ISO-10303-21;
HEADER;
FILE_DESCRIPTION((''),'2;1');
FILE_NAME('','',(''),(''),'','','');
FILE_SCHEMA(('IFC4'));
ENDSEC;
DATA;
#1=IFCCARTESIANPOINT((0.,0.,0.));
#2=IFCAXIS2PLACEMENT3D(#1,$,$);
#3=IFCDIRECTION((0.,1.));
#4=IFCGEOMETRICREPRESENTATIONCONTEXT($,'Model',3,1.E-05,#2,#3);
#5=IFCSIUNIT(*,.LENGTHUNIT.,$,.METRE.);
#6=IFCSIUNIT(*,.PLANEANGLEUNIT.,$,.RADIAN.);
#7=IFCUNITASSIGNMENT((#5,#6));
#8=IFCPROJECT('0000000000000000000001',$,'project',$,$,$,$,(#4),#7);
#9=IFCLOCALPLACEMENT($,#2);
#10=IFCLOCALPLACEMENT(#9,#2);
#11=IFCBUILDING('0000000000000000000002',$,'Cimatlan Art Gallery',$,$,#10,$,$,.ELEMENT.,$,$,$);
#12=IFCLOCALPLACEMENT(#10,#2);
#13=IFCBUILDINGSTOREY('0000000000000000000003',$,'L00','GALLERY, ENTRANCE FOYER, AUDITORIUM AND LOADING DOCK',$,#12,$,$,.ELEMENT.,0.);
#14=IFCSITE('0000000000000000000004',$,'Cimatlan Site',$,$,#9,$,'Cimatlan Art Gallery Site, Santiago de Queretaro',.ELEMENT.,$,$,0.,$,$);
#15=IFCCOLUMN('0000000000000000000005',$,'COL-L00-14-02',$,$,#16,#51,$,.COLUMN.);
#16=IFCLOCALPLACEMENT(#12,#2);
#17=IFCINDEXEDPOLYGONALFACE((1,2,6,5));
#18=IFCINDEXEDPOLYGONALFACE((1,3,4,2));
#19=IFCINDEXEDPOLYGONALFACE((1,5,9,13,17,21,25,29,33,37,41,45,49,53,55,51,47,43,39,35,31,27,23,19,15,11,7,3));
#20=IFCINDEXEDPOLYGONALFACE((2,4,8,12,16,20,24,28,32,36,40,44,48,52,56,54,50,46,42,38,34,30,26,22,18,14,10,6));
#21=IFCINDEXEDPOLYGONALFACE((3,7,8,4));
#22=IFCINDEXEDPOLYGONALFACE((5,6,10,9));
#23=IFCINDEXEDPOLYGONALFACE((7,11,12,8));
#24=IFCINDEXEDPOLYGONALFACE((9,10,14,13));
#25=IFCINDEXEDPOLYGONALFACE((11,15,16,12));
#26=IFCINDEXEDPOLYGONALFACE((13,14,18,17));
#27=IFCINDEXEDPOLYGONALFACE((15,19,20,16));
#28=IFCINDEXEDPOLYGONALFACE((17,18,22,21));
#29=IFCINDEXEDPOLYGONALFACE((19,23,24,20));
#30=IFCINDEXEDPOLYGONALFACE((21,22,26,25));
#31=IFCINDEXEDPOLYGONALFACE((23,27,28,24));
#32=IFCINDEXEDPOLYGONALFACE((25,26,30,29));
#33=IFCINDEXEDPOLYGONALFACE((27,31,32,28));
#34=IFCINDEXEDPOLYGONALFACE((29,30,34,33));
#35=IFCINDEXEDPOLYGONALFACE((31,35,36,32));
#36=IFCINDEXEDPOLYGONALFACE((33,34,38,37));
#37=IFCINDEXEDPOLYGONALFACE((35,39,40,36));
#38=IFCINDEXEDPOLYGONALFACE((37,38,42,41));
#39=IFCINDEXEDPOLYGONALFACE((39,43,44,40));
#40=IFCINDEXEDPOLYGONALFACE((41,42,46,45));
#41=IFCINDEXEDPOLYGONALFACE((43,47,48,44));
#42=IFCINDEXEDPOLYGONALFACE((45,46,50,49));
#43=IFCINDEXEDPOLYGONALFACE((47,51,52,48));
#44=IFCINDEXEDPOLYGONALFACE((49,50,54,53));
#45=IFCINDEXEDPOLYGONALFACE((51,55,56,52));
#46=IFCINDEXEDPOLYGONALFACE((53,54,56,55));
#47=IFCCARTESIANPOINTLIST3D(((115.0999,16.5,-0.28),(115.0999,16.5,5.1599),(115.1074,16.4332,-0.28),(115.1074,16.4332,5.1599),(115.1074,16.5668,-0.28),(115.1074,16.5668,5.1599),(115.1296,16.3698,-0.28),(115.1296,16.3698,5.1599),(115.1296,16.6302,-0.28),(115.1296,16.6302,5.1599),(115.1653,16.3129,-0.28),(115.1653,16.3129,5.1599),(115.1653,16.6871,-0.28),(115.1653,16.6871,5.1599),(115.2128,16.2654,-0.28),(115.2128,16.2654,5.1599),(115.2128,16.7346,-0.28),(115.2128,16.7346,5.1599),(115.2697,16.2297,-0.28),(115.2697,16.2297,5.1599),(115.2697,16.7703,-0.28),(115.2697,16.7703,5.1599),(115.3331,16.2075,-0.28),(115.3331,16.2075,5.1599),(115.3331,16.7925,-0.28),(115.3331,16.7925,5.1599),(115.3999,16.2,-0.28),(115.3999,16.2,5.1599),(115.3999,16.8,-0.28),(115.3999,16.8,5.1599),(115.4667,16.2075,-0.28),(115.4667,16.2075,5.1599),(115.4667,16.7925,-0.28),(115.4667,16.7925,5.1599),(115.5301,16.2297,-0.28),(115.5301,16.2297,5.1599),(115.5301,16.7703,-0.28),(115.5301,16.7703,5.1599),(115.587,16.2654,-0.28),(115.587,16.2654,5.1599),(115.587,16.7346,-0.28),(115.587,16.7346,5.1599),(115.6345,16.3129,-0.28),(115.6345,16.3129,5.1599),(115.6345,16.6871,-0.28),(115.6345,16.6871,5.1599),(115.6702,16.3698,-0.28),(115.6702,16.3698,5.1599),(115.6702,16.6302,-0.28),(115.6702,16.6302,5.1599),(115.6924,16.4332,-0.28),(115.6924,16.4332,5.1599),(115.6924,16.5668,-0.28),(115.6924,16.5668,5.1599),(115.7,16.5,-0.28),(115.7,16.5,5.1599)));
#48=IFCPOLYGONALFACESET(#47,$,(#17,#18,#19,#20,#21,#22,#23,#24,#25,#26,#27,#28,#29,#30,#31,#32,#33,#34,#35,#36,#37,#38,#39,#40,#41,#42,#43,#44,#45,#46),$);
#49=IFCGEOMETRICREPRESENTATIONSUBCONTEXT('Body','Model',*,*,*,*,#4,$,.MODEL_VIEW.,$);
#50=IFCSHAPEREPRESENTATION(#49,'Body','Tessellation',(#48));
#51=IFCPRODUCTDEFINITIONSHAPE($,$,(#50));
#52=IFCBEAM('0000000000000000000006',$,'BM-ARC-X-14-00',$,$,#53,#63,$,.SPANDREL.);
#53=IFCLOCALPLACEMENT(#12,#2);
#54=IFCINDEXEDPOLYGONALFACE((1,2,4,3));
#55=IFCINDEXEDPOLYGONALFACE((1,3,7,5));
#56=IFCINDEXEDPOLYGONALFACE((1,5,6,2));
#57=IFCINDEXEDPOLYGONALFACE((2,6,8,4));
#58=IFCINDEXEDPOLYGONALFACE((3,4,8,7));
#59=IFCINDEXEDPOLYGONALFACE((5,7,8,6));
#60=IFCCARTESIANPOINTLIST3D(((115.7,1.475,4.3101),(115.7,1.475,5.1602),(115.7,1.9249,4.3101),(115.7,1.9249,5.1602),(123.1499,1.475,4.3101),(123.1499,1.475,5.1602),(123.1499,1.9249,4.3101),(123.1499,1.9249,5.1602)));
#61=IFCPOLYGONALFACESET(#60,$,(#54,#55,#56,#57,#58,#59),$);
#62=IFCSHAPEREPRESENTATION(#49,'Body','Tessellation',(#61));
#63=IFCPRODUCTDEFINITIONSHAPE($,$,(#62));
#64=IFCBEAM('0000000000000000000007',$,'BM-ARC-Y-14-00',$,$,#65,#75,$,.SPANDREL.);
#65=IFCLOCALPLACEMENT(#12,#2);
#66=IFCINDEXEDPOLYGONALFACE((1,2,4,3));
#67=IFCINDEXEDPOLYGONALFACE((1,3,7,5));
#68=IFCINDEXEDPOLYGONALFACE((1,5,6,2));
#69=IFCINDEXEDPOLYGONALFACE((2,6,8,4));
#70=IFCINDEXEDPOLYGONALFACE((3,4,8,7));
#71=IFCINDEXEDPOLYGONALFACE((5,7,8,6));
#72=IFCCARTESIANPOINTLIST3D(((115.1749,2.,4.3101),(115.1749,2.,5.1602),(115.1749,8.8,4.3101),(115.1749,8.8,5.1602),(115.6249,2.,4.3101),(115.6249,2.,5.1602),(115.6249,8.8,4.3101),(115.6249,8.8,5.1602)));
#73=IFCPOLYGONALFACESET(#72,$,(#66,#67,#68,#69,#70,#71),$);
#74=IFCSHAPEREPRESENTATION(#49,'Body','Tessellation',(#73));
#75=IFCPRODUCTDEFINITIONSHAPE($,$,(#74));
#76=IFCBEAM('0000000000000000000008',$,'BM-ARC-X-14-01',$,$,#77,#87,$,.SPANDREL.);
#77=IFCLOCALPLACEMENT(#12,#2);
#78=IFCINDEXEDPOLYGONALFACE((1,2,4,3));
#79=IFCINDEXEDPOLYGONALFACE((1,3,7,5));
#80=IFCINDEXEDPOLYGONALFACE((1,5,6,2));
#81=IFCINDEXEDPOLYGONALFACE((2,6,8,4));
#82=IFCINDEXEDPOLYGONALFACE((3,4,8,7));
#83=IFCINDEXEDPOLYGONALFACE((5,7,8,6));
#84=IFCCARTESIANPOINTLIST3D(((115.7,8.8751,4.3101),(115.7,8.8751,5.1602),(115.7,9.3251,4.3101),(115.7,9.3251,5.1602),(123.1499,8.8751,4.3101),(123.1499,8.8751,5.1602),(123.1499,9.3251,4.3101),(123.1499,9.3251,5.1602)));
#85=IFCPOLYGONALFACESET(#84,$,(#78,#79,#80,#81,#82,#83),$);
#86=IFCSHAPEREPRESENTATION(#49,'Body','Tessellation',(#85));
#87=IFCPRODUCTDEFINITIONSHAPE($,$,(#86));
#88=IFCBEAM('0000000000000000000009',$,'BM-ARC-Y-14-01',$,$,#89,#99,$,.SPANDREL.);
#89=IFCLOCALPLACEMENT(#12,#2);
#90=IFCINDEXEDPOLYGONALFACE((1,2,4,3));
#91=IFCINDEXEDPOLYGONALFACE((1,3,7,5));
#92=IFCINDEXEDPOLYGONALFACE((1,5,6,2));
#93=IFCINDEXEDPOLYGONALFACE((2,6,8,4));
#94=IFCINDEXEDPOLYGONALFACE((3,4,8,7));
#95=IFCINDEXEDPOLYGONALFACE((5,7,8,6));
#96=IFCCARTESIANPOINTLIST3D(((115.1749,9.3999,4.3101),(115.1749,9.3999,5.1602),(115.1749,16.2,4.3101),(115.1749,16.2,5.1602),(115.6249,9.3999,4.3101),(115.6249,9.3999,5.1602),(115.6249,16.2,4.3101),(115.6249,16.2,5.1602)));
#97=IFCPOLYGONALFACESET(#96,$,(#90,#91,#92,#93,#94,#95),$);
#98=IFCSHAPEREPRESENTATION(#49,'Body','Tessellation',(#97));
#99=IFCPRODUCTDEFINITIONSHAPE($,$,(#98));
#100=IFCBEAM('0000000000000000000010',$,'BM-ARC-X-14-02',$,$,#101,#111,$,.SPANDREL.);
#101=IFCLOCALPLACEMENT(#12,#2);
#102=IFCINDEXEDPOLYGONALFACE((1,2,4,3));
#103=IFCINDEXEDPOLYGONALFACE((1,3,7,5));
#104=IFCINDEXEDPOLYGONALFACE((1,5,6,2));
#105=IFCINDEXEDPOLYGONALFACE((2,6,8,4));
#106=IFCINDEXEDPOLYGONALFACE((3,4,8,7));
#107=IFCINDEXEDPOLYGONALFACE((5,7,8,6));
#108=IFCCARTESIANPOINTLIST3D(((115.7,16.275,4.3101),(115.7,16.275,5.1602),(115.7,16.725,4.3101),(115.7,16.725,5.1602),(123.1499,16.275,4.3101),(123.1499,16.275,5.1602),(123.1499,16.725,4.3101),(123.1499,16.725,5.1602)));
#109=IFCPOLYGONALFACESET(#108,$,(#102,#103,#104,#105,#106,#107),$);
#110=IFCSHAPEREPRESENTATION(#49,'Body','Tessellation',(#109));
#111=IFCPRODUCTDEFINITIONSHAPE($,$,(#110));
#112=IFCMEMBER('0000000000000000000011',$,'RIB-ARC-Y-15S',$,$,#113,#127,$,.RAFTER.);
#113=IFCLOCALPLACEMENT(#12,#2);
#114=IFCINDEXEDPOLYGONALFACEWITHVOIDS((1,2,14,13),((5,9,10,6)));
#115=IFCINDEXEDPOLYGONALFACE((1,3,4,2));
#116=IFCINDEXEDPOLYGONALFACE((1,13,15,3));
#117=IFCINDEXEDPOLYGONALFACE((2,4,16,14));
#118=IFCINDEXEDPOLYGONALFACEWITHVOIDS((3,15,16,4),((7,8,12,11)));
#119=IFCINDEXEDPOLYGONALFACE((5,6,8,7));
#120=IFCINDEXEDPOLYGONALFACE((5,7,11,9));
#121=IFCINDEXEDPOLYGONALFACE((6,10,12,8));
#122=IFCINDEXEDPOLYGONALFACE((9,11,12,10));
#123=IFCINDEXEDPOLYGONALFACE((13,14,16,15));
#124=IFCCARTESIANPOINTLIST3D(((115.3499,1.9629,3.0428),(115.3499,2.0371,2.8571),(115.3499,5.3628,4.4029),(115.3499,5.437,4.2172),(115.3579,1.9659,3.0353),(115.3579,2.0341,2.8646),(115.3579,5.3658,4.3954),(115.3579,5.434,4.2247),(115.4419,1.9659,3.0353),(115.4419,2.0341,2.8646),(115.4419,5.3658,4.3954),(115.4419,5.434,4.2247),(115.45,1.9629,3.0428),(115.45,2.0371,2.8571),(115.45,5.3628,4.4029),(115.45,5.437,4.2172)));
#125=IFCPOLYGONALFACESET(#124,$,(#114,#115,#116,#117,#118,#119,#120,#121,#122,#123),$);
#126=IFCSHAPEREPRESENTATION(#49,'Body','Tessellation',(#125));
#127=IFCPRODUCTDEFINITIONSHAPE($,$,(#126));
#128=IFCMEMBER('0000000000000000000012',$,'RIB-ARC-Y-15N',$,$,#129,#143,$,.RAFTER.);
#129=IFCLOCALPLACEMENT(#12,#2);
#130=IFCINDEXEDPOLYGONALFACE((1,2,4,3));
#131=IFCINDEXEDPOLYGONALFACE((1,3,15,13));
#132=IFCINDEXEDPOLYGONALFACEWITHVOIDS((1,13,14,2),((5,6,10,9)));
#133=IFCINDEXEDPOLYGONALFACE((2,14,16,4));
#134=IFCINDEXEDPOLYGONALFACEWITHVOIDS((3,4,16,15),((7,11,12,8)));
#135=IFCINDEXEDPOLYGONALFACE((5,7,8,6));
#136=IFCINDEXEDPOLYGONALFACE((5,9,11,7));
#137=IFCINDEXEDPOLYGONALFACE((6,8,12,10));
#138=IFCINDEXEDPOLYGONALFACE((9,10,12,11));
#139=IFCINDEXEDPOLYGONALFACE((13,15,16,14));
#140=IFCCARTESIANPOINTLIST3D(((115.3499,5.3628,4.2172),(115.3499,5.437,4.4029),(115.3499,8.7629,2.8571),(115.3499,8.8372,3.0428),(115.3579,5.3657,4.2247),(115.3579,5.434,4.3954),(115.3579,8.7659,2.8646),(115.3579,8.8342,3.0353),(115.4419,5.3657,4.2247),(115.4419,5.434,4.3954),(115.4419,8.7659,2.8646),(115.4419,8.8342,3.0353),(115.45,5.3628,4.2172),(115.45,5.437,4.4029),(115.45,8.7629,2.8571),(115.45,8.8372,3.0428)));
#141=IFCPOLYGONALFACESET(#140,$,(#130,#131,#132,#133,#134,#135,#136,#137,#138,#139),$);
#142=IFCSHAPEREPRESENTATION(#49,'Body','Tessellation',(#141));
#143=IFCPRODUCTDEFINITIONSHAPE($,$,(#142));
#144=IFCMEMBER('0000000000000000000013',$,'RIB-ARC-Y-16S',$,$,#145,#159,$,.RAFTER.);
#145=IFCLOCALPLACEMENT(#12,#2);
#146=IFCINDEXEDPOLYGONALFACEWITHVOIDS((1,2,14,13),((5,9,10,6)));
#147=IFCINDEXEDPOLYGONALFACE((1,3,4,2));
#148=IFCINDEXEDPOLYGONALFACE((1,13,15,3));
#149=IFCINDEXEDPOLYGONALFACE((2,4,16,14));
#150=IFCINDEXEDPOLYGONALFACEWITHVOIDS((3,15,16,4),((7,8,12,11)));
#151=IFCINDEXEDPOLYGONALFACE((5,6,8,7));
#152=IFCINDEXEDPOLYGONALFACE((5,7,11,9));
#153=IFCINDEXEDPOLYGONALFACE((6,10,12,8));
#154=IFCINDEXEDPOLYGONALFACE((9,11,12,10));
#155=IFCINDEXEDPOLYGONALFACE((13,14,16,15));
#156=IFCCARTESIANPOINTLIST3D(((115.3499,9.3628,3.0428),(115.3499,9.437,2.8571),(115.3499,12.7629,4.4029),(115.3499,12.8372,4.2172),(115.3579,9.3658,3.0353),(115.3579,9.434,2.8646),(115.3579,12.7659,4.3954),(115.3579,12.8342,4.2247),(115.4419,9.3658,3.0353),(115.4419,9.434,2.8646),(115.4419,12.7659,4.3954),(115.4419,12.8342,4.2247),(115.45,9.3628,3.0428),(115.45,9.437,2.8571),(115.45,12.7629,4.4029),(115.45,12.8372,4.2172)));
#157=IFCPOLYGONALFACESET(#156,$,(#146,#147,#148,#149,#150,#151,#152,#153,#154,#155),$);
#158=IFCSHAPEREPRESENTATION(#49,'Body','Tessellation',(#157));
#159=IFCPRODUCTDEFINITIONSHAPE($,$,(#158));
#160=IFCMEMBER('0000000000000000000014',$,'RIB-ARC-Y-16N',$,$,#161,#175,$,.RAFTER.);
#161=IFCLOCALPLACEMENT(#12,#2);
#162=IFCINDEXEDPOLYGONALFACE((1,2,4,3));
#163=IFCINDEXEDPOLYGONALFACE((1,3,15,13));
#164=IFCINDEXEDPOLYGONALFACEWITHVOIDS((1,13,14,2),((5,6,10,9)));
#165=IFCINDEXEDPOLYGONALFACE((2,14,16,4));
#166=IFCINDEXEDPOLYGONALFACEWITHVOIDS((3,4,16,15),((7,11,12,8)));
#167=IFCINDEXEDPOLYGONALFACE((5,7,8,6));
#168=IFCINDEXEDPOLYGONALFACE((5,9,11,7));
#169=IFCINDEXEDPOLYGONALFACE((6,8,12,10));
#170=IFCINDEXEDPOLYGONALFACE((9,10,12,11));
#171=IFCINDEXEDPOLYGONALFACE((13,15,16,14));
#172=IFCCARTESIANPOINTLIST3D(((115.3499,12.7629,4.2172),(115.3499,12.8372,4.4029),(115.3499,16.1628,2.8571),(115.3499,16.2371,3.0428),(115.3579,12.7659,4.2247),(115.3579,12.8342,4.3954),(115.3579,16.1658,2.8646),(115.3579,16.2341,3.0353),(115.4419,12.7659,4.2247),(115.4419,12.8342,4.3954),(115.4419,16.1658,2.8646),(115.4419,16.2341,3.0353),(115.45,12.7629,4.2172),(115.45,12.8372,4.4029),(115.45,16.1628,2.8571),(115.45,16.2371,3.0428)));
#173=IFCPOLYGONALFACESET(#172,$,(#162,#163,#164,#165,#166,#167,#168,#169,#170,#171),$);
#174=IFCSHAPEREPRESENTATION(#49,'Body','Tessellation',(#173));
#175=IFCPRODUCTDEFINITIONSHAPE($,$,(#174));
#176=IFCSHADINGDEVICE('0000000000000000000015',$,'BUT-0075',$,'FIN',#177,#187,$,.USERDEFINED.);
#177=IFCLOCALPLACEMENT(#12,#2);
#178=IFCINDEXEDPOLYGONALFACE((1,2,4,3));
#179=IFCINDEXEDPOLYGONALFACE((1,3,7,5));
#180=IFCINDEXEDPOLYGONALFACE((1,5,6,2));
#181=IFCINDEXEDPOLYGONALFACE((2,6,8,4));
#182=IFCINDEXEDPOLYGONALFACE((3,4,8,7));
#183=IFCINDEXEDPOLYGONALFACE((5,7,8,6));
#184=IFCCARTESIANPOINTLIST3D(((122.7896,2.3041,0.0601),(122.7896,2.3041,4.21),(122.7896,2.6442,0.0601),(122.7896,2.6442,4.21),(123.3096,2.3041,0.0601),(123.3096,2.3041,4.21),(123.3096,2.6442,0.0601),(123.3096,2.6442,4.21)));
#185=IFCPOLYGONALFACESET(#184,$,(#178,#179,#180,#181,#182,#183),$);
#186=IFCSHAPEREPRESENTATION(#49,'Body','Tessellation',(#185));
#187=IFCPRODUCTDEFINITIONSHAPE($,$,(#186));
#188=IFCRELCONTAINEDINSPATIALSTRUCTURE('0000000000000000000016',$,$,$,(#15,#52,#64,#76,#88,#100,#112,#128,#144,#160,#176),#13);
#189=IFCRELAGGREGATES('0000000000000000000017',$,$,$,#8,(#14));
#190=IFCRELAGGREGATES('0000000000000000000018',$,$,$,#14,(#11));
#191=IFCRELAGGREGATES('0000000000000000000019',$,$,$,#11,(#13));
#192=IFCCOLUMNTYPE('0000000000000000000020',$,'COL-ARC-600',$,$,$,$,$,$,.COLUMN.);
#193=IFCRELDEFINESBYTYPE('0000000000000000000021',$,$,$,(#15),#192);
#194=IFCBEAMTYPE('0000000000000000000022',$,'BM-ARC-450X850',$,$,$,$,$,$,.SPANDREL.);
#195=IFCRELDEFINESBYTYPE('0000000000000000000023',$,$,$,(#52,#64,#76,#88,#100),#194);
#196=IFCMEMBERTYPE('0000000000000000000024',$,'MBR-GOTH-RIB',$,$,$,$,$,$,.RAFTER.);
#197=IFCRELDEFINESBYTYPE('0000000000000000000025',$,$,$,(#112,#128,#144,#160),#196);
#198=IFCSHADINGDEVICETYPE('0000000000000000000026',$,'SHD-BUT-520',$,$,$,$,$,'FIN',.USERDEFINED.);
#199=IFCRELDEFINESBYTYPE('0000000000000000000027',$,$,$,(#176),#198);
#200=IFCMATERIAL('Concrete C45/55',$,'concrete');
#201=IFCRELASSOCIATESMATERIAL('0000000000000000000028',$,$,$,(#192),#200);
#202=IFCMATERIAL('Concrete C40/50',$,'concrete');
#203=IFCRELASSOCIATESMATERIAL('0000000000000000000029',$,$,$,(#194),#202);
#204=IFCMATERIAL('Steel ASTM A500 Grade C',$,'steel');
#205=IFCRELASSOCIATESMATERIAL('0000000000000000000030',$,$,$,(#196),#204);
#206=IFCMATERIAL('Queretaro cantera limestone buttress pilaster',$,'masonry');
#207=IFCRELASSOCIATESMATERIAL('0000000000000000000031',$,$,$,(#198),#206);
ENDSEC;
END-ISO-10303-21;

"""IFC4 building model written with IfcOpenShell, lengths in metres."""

from ifc_helpers import new_model, si_unit, direction, frame, origin, origin_2d, place, context, subcontext, project, spatial, rectangle, hollow_rectangle, circle, extrude, material, material_profile, profile_set, type_object, element, save


model = new_model("IFC4")

# Units and contexts
model_context = context("Model", 3, precision=1e-05, world=origin(), true_north=direction((0.0, 1.0)))
body_context = subcontext(model_context, "Body", "Model", "MODEL_VIEW")
ifc_project = project(units=[si_unit("LENGTHUNIT", "METRE"), si_unit("PLANEANGLEUNIT", "RADIAN")], contexts=[model_context])

# Site, building, storey
site_placement = place(None, origin())
site = spatial("IfcSite", under=ifc_project, at=site_placement, Name="Cimatlan Site", LongName="Cimatlan Art Gallery Site, Santiago de Queretaro", CompositionType="ELEMENT", RefElevation=0.0)
building_placement = place(site_placement, origin())
building = spatial("IfcBuilding", under=site, at=building_placement, Name="Cimatlan Art Gallery", CompositionType="ELEMENT")
storey_placement = place(building_placement, origin())
storey = spatial("IfcBuildingStorey", under=building, at=storey_placement, Name="L00", Description="GALLERY, ENTRANCE FOYER, AUDITORIUM AND LOADING DOCK", CompositionType="ELEMENT", Elevation=0.0)

# Shared definitions
ifc_material_1 = material(Name="Concrete C40/50", Category="concrete")

# Column
ifc_material_2 = material(Name="Concrete C45/55", Category="concrete")
ifc_material_profile_1 = material_profile(ifc_material_2, circle(Radius=0.3, at=origin_2d()), Name="RCD600")
ifc_profile_set_1 = profile_set([ifc_material_profile_1], Name="Concrete C45/55")
column_type = type_object("IfcColumnType", Name="COL-ARC-600", PredefinedType="COLUMN", material=ifc_profile_set_1)
for number, where, z_axis, x_axis, name in (
    (1, (115.3999, 16.5, -0.28), (0.0, 0.0, 1.0), (1.0, 0.0, 0.0), "COL-L00-14-02"),
):
    element("IfcColumn", number, at=place(storey_placement, frame(where, z_axis=z_axis, x_axis=x_axis)), inside=storey, type_object=column_type, Name=name, PredefinedType="COLUMN", context=body_context, shape_type="SweptSolid", body=[
        extrude(circle(Radius=0.3, at=origin_2d()), origin(), (0.0, 0.0, 1.0), 5.4399),
    ])

# Beams
ifc_material_profile_2 = material_profile(ifc_material_1, rectangle(XDim=0.45, YDim=0.8501, at=origin_2d()), Name="RC450X850")
ifc_profile_set_2 = profile_set([ifc_material_profile_2], Name="Concrete C40/50")
beam_type = type_object("IfcBeamType", Name="BM-ARC-450X850", PredefinedType="SPANDREL", material=ifc_profile_set_2)
beam_1_placement = place(storey_placement, frame((115.7, 1.7, 4.7351), z_axis=(1.0, 0.0, 0.0), x_axis=(0.0, 1.0, 0.0)))
element("IfcBeam", 2, at=beam_1_placement, inside=storey, type_object=beam_type, Name="BM-ARC-X-14-00", PredefinedType="SPANDREL", context=body_context, shape_type="SweptSolid", body=[
    extrude(rectangle(XDim=0.45, YDim=0.8501, at=origin_2d()), origin(), (0.0, 0.0, 1.0), 7.45),
])
beam_2_placement = place(storey_placement, frame((115.3999, 2.0, 4.7351), z_axis=(0.0, 1.0, 0.0), x_axis=(-1.0, 0.0, 0.0)))
element("IfcBeam", 3, at=beam_2_placement, inside=storey, type_object=beam_type, Name="BM-ARC-Y-14-00", PredefinedType="SPANDREL", context=body_context, shape_type="SweptSolid", body=[
    extrude(rectangle(XDim=0.45, YDim=0.8501, at=origin_2d()), origin(), (0.0, 0.0, 1.0), 6.8),
])
beam_3_placement = place(storey_placement, frame((115.7, 9.1001, 4.7351), z_axis=(1.0, 0.0, 0.0), x_axis=(0.0, 1.0, 0.0)))
element("IfcBeam", 4, at=beam_3_placement, inside=storey, type_object=beam_type, Name="BM-ARC-X-14-01", PredefinedType="SPANDREL", context=body_context, shape_type="SweptSolid", body=[
    extrude(rectangle(XDim=0.45, YDim=0.8501, at=origin_2d()), origin(), (0.0, 0.0, 1.0), 7.45),
])
beam_4_placement = place(storey_placement, frame((115.3999, 9.3999, 4.7351), z_axis=(0.0, 1.0, 0.0), x_axis=(-1.0, 0.0, 0.0)))
element("IfcBeam", 5, at=beam_4_placement, inside=storey, type_object=beam_type, Name="BM-ARC-Y-14-01", PredefinedType="SPANDREL", context=body_context, shape_type="SweptSolid", body=[
    extrude(rectangle(XDim=0.45, YDim=0.8501, at=origin_2d()), origin(), (0.0, 0.0, 1.0), 6.8),
])
beam_5_placement = place(storey_placement, frame((115.7, 16.5, 4.7351), z_axis=(1.0, 0.0, 0.0), x_axis=(0.0, 1.0, 0.0)))
element("IfcBeam", 6, at=beam_5_placement, inside=storey, type_object=beam_type, Name="BM-ARC-X-14-02", PredefinedType="SPANDREL", context=body_context, shape_type="SweptSolid", body=[
    extrude(rectangle(XDim=0.45, YDim=0.8501, at=origin_2d()), origin(), (0.0, 0.0, 1.0), 7.45),
])

# Members
ifc_material_3 = material(Name="Steel ASTM A500 Grade C", Category="steel")
ifc_material_profile_3 = material_profile(ifc_material_3, hollow_rectangle(XDim=0.1001, YDim=0.2, WallThickness=0.0081, at=origin_2d()), Name="HSS200X100X8")
ifc_profile_set_3 = profile_set([ifc_material_profile_3], Name="Steel ASTM A500 Grade C")
member_type = type_object("IfcMemberType", Name="MBR-GOTH-RIB", PredefinedType="RAFTER", material=ifc_profile_set_3)
member_1_placement = place(storey_placement, frame((115.3999, 2.0, 2.95), z_axis=(0.0, 0.928463, 0.371425), x_axis=(-1.0, 0.0, 0.0)))
element("IfcMember", 7, at=member_1_placement, inside=storey, type_object=member_type, Name="RIB-ARC-Y-15S", PredefinedType="RAFTER", context=body_context, shape_type="SweptSolid", body=[
    extrude(hollow_rectangle(XDim=0.1001, YDim=0.2, WallThickness=0.0081, at=origin_2d()), origin(), (0.0, 0.0, 1.0), 3.6619),
])
for number, where, z_axis, x_axis, name in (
    (8, (115.3999, 8.8, 2.95), (0.0, -0.928472, 0.371402), (1.0, 0.0, 0.0), "RIB-ARC-Y-15N"),
    (9, (115.3999, 9.3999, 2.95), (0.0, 0.928472, 0.371402), (-1.0, 0.0, 0.0), "RIB-ARC-Y-16S"),
):
    element("IfcMember", number, at=place(storey_placement, frame(where, z_axis=z_axis, x_axis=x_axis)), inside=storey, type_object=member_type, Name=name, PredefinedType="RAFTER", context=body_context, shape_type="SweptSolid", body=[
        extrude(hollow_rectangle(XDim=0.1001, YDim=0.2, WallThickness=0.0081, at=origin_2d()), origin(), (0.0, 0.0, 1.0), 3.6621),
    ])
member_2_placement = place(storey_placement, frame((115.3999, 16.2, 2.95), z_axis=(0.0, -0.928463, 0.371425), x_axis=(1.0, 0.0, 0.0)))
element("IfcMember", 10, at=member_2_placement, inside=storey, type_object=member_type, Name="RIB-ARC-Y-16N", PredefinedType="RAFTER", context=body_context, shape_type="SweptSolid", body=[
    extrude(hollow_rectangle(XDim=0.1001, YDim=0.2, WallThickness=0.0081, at=origin_2d()), origin(), (0.0, 0.0, 1.0), 3.6619),
])

# Shading device
ifc_material_4 = material(Name="Queretaro cantera limestone buttress pilaster", Category="masonry")
shading_device_type_1 = type_object("IfcShadingDeviceType", Name="SHD-BUT-520", ElementType="FIN", PredefinedType="USERDEFINED", material=ifc_material_4)
for number, where, z_axis, x_axis, name in (
    (11, (123.0496, 2.4741, 0.0601), (0.0, 0.0, 1.0), (0.0, 1.0, 0.0), "BUT-0075"),
):
    element("IfcShadingDevice", number, at=place(storey_placement, frame(where, z_axis=z_axis, x_axis=x_axis)), inside=storey, type_object=shading_device_type_1, Name=name, ObjectType="FIN", PredefinedType="USERDEFINED", context=body_context, shape_type="SweptSolid", body=[
        extrude(rectangle(XDim=0.3401, YDim=0.52, at=origin_2d()), origin(), (0.0, 0.0, 1.0), 4.1499),
    ])

save(model, "model.ifc")
